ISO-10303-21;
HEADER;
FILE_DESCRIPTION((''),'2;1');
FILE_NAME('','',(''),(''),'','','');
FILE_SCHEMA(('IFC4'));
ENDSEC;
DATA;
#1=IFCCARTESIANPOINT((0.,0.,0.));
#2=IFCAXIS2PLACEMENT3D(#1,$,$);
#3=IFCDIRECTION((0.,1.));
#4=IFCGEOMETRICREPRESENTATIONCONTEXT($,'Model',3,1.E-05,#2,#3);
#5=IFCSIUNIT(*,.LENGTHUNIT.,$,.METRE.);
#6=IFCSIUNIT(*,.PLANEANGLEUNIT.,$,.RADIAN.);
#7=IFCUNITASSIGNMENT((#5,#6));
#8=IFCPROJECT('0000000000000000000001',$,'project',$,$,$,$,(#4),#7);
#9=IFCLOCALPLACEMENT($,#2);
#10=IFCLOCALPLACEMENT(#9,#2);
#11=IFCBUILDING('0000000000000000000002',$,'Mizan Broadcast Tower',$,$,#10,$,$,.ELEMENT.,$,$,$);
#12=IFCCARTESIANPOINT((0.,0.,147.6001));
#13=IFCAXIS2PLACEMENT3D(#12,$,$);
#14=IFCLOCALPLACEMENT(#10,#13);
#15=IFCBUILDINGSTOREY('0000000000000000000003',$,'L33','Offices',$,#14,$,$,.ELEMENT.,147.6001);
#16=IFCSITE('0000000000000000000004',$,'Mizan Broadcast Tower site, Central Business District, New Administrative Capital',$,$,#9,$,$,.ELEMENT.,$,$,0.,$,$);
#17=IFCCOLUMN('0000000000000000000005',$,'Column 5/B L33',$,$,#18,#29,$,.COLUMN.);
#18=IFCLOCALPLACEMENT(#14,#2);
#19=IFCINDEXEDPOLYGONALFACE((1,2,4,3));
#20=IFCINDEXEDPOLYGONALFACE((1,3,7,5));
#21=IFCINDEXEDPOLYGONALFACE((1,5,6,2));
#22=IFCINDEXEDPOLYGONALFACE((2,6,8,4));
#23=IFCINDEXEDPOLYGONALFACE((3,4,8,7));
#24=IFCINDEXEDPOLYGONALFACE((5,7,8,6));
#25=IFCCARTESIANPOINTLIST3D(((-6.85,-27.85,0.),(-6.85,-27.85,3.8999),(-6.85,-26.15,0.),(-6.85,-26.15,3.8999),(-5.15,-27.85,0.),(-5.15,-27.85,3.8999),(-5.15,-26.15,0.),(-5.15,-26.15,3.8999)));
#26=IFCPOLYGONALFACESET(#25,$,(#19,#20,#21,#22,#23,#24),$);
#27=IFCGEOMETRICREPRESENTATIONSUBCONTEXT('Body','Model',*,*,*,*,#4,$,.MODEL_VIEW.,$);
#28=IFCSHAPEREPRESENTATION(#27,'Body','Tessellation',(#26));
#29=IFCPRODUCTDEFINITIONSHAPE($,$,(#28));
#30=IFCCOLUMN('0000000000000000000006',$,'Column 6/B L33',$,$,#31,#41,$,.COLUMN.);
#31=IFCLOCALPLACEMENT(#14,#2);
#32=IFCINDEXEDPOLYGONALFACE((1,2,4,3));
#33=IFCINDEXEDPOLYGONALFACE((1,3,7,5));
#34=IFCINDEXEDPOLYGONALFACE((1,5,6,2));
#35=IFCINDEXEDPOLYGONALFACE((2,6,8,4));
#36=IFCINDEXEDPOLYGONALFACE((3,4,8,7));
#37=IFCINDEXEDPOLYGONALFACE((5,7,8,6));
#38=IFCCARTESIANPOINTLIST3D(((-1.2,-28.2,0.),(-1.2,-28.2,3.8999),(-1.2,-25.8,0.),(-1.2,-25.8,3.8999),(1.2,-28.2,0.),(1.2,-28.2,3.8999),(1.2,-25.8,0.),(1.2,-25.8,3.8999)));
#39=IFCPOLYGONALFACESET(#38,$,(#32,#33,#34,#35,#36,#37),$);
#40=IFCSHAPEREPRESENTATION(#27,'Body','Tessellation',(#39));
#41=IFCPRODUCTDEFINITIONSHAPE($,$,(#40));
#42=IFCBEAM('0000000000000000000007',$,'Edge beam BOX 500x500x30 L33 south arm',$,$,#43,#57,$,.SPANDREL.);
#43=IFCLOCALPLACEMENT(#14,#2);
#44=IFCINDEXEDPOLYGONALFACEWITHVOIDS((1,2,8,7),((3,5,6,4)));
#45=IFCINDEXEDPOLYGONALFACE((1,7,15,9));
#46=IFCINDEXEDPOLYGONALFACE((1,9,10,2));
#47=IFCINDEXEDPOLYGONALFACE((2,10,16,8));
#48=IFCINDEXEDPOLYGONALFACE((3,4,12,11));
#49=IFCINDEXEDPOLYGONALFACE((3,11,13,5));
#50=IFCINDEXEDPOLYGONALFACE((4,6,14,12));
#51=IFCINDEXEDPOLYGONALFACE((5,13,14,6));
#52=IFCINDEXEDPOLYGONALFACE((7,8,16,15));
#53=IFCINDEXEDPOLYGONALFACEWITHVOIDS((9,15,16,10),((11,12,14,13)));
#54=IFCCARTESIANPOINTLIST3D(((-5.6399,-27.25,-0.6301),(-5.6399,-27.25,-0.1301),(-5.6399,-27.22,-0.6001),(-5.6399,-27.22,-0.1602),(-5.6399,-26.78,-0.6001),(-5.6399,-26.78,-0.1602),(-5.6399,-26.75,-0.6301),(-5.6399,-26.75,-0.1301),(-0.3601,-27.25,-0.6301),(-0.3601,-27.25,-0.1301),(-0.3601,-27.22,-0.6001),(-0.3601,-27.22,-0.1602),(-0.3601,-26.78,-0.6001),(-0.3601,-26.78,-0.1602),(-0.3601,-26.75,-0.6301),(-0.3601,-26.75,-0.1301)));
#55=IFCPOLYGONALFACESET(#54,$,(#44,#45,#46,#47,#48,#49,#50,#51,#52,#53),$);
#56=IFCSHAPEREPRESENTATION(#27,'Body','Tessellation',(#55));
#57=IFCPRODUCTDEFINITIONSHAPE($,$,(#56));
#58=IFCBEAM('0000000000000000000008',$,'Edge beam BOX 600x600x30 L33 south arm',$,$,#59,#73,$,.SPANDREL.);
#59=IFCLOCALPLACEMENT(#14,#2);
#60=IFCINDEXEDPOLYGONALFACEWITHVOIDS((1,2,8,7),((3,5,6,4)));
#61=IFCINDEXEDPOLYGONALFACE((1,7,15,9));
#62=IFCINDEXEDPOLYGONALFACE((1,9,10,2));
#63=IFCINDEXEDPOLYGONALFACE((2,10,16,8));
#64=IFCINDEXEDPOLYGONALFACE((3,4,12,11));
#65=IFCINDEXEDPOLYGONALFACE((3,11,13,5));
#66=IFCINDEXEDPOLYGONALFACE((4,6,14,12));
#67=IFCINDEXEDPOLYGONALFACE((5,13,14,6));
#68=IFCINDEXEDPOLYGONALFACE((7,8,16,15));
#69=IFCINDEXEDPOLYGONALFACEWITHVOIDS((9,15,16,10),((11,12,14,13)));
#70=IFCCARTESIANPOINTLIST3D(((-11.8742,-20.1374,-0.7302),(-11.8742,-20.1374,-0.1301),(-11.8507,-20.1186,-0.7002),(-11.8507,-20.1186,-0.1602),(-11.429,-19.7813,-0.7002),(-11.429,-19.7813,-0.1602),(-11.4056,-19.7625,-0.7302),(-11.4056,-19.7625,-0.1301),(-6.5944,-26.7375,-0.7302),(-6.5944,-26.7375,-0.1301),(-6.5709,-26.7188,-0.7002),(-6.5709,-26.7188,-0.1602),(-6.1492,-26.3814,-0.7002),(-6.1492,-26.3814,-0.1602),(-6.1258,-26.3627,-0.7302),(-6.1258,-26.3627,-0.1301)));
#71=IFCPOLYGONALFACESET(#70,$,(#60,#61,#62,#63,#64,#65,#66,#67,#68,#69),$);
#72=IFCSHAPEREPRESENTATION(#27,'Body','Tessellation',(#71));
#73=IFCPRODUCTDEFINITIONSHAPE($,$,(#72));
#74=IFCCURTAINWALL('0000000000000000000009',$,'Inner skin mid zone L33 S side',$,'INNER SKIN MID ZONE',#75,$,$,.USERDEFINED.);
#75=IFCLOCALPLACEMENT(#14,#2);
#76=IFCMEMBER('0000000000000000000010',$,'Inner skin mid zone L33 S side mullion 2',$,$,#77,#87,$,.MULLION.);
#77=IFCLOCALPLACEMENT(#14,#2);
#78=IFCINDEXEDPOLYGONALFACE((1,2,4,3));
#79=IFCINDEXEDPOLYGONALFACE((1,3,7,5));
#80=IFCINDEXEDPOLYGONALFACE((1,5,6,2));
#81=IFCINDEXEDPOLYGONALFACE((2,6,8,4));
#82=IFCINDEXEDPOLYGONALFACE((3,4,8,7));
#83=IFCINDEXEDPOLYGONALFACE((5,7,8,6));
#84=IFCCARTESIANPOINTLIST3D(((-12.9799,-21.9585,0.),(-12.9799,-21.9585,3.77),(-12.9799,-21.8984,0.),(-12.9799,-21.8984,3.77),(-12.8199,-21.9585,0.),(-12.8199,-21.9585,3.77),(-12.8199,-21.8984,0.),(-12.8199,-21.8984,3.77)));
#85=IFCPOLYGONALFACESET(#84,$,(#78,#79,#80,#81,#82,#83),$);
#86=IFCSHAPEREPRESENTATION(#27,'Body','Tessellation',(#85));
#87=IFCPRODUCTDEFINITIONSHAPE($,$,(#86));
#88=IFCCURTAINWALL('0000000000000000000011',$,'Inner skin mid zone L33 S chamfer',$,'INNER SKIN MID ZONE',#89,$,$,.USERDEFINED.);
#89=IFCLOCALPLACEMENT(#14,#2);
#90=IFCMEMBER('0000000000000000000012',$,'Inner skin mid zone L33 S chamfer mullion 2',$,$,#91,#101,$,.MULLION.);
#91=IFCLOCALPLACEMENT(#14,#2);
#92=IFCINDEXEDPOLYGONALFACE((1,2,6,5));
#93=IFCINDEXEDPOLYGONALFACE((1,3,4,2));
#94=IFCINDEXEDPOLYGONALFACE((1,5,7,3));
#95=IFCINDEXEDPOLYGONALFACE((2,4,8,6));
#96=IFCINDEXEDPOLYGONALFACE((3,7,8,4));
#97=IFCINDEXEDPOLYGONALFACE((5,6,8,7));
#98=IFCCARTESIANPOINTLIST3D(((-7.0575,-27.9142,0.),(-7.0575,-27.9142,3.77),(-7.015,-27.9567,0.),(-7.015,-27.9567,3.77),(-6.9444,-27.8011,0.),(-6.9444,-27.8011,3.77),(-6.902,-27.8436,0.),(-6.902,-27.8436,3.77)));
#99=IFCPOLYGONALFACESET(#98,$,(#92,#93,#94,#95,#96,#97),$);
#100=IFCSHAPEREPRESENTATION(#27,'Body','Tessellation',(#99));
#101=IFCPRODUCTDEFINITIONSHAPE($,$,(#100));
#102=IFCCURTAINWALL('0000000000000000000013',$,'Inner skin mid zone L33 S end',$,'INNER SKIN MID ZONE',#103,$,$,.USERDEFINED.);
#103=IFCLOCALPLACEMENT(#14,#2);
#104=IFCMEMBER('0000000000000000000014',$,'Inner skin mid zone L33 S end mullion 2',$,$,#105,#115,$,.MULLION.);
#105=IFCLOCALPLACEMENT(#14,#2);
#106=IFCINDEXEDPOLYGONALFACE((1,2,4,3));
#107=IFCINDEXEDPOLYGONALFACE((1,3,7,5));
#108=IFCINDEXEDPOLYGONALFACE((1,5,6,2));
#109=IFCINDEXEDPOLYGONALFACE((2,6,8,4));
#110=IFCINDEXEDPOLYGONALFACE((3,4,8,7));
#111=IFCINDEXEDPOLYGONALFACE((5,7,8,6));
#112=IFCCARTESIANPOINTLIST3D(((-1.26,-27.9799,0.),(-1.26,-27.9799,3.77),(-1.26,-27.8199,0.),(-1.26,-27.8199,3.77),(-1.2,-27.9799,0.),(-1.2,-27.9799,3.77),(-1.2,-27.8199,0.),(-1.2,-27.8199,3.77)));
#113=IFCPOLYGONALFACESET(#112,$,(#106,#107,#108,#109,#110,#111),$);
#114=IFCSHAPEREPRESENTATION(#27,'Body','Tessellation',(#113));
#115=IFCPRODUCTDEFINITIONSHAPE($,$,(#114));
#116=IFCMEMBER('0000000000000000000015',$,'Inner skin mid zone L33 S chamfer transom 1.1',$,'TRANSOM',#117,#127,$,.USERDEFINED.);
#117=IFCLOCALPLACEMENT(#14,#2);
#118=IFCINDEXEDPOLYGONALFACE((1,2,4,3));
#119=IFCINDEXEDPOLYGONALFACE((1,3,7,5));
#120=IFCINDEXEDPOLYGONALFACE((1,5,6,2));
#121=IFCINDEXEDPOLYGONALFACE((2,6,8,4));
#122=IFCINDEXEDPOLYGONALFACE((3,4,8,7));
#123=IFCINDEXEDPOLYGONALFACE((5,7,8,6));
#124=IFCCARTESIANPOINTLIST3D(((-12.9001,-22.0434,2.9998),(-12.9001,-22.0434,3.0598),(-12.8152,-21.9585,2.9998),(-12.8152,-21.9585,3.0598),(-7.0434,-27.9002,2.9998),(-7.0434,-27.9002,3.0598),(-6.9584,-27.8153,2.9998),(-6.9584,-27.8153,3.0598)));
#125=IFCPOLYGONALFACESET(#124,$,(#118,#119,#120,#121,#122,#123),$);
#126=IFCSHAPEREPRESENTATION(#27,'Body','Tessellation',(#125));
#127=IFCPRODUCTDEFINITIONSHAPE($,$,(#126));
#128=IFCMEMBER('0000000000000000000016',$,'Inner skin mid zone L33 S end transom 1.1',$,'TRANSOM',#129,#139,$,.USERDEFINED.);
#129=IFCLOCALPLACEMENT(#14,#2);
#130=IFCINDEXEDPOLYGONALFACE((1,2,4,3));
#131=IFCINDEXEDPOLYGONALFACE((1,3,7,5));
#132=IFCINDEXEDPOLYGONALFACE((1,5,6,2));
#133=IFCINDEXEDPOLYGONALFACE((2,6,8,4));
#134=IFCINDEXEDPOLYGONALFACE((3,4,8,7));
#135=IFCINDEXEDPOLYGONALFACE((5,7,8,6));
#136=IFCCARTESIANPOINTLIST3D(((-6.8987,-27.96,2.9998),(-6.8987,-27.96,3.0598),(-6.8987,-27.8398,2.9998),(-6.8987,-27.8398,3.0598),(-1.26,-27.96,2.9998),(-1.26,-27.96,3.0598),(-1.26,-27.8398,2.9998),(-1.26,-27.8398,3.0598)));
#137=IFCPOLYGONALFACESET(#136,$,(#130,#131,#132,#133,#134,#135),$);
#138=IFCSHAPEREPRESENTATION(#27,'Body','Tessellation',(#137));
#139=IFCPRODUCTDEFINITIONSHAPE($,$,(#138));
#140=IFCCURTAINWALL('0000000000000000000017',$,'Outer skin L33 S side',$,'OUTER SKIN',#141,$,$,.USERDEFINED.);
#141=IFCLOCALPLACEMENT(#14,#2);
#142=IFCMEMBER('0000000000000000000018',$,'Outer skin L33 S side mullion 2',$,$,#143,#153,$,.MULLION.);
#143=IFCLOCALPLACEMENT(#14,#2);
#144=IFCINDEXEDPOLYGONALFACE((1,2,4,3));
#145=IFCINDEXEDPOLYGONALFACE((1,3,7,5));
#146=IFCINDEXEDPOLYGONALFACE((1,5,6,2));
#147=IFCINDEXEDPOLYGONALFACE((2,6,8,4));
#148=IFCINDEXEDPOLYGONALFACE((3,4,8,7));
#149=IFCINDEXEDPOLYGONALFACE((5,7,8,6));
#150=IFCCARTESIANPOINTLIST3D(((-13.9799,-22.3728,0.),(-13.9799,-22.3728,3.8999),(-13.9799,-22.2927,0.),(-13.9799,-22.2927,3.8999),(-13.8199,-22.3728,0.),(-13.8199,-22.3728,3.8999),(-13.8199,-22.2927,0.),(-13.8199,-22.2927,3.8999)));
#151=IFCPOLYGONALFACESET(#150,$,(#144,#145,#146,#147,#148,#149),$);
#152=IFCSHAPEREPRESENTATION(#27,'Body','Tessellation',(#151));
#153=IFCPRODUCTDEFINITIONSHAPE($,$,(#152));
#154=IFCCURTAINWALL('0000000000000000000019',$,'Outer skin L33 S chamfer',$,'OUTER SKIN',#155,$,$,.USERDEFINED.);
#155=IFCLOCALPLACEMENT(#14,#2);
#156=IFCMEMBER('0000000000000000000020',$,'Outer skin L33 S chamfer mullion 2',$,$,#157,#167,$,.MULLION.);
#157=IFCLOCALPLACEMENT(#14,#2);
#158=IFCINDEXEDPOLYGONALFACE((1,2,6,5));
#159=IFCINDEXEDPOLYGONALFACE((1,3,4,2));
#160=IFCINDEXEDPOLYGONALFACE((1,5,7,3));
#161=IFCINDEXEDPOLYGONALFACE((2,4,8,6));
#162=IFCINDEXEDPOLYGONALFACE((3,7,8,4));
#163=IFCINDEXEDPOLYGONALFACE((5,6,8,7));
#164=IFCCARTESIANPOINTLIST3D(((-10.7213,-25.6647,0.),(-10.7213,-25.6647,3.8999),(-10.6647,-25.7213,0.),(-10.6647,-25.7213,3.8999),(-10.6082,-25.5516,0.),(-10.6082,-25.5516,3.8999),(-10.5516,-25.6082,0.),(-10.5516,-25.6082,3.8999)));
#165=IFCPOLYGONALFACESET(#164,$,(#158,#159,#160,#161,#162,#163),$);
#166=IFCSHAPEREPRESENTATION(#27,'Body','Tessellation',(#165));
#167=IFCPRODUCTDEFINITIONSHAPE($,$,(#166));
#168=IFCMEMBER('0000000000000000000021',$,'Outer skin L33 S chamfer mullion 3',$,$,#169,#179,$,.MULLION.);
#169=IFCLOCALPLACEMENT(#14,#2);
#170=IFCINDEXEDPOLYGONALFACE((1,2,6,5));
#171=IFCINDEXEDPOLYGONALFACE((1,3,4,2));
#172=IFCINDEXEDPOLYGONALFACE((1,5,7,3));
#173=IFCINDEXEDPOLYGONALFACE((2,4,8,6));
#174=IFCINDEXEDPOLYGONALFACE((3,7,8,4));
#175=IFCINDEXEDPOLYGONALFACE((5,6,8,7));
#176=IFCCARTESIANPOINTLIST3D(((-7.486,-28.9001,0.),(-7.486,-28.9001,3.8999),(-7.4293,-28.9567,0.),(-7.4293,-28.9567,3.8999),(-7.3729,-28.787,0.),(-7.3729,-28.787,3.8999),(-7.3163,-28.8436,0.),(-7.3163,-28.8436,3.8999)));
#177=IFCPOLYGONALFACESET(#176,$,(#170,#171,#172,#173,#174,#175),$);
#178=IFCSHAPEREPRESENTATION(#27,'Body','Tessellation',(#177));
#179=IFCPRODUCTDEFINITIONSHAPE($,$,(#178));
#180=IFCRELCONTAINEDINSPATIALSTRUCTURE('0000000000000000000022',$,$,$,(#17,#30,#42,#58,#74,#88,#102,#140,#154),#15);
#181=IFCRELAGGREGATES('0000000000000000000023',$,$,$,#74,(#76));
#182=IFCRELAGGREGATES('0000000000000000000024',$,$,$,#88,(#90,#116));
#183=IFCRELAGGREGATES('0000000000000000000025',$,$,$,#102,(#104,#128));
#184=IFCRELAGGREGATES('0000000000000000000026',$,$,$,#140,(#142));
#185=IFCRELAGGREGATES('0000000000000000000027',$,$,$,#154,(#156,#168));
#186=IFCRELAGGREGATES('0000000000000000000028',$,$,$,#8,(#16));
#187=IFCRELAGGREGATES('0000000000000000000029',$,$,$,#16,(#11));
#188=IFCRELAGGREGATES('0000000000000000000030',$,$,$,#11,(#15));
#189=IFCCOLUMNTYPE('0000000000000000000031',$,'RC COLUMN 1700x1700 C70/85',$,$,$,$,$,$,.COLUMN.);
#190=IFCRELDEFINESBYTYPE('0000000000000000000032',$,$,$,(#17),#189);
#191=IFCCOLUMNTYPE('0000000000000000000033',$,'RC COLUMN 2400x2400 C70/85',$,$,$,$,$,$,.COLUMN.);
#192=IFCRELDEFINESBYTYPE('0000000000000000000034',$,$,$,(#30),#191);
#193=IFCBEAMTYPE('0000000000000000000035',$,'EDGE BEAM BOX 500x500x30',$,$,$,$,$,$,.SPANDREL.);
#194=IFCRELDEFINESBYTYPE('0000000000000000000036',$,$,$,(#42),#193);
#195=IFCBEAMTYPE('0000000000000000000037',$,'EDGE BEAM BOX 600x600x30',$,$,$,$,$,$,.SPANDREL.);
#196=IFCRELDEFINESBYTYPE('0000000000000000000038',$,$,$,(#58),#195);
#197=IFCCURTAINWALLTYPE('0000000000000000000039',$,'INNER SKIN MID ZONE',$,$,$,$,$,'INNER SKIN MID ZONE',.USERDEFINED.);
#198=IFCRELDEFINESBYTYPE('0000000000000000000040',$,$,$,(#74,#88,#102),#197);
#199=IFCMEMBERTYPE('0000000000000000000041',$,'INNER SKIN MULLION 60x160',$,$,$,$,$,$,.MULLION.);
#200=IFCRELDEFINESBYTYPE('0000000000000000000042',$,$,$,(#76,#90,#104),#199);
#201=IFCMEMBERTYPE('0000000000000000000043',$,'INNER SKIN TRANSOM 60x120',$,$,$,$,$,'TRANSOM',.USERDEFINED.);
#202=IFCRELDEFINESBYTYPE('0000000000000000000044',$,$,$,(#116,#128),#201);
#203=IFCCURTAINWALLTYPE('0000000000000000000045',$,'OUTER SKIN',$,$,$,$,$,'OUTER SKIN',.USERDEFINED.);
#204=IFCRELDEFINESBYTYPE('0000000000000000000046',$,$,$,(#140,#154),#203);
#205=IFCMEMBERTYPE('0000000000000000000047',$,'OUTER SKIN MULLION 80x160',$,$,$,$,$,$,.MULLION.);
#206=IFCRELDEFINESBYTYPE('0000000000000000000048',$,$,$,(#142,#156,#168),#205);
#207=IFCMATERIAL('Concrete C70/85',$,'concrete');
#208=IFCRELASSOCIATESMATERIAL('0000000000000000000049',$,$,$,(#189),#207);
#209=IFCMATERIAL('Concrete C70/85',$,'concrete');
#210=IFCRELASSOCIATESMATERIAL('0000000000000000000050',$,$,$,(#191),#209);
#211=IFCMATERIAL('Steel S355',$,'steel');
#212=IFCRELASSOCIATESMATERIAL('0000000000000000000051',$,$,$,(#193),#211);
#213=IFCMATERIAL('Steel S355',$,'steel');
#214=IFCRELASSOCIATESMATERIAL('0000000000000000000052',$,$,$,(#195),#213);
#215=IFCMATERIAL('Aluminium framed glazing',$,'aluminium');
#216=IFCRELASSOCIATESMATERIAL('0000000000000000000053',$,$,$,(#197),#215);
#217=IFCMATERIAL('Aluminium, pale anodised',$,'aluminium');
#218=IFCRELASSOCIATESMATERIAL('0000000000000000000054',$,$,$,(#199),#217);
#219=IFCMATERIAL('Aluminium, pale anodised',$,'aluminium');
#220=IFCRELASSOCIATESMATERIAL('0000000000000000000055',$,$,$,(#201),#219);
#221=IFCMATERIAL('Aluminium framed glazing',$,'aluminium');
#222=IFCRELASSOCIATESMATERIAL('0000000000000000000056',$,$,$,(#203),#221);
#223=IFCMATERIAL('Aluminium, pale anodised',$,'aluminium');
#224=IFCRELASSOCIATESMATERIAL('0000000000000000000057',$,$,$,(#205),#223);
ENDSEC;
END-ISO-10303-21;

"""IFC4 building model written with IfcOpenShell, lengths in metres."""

from ifc_helpers import new_model, si_unit, direction, frame, origin, origin_2d, place, context, subcontext, project, spatial, rectangle, hollow_rectangle, extrude, material, material_profile, profile_set, type_object, element, aggregate, save


model = new_model("IFC4")

# Units and contexts
model_context = context("Model", 3, precision=1e-05, world=origin(), true_north=direction((0.0, 1.0)))
body_context = subcontext(model_context, "Body", "Model", "MODEL_VIEW")
ifc_project = project(units=[si_unit("LENGTHUNIT", "METRE"), si_unit("PLANEANGLEUNIT", "RADIAN")], contexts=[model_context])

# Site, building, storey
site_placement = place(None, origin())
site = spatial("IfcSite", under=ifc_project, at=site_placement, Name="Mizan Broadcast Tower site, Central Business District, New Administrative Capital", CompositionType="ELEMENT", RefElevation=0.0)
building_placement = place(site_placement, origin())
building = spatial("IfcBuilding", under=site, at=building_placement, Name="Mizan Broadcast Tower", CompositionType="ELEMENT")
storey_placement = place(building_placement, frame((0.0, 0.0, 147.6001)))
storey = spatial("IfcBuildingStorey", under=building, at=storey_placement, Name="L33", Description="Offices", CompositionType="ELEMENT", Elevation=147.6001)

# Columns
ifc_material_1 = material(Name="Concrete C70/85", Category="concrete")
ifc_material_profile_1 = material_profile(ifc_material_1, rectangle(XDim=1.7, YDim=1.7, at=origin_2d()), Name="RC 1700x1700")
ifc_profile_set_1 = profile_set([ifc_material_profile_1], Name="Concrete C70/85")
column_type_1 = type_object("IfcColumnType", Name="RC COLUMN 1700x1700 C70/85", PredefinedType="COLUMN", material=ifc_profile_set_1)
column_1_placement = place(storey_placement, frame((-6.0, -27.0, 0.0), z_axis=(0.0, 0.0, 1.0), x_axis=(1.0, 0.0, 0.0)))
element("IfcColumn", 1, at=column_1_placement, inside=storey, type_object=column_type_1, Name="Column 5/B L33", PredefinedType="COLUMN", context=body_context, shape_type="SweptSolid", body=[
    extrude(rectangle(XDim=1.7, YDim=1.7, at=origin_2d()), origin(), (0.0, 0.0, 1.0), 3.8999),
])
ifc_material_2 = material(Name="Concrete C70/85", Category="concrete")
ifc_material_profile_2 = material_profile(ifc_material_2, rectangle(XDim=2.3999, YDim=2.3999, at=origin_2d()), Name="RC 2400x2400")
ifc_profile_set_2 = profile_set([ifc_material_profile_2], Name="Concrete C70/85")
column_type_2 = type_object("IfcColumnType", Name="RC COLUMN 2400x2400 C70/85", PredefinedType="COLUMN", material=ifc_profile_set_2)
column_2_placement = place(storey_placement, frame((0.0, -27.0, 0.0), z_axis=(0.0, 0.0, 1.0), x_axis=(1.0, 0.0, 0.0)))
element("IfcColumn", 2, at=column_2_placement, inside=storey, type_object=column_type_2, Name="Column 6/B L33", PredefinedType="COLUMN", context=body_context, shape_type="SweptSolid", body=[
    extrude(rectangle(XDim=2.3999, YDim=2.3999, at=origin_2d()), origin(), (0.0, 0.0, 1.0), 3.8999),
])

# Beams
ifc_material_3 = material(Name="Steel S355", Category="steel")
ifc_material_profile_3 = material_profile(ifc_material_3, hollow_rectangle(XDim=0.5, YDim=0.5, WallThickness=0.03, at=origin_2d()), Name="BOX 500x500x30")
ifc_profile_set_3 = profile_set([ifc_material_profile_3], Name="Steel S355")
beam_type_1 = type_object("IfcBeamType", Name="EDGE BEAM BOX 500x500x30", PredefinedType="SPANDREL", material=ifc_profile_set_3)
beam_1_placement = place(storey_placement, frame((-5.6399, -27.0, -0.3801), z_axis=(1.0, 0.0, 0.0), x_axis=(0.0, 1.0, 0.0)))
element("IfcBeam", 3, at=beam_1_placement, inside=storey, type_object=beam_type_1, Name="Edge beam BOX 500x500x30 L33 south arm", PredefinedType="SPANDREL", context=body_context, shape_type="SweptSolid", body=[
    extrude(hollow_rectangle(XDim=0.5, YDim=0.5, WallThickness=0.03, at=origin_2d()), origin(), (0.0, 0.0, 1.0), 5.2798),
])
ifc_material_4 = material(Name="Steel S355", Category="steel")
ifc_material_profile_4 = material_profile(ifc_material_4, hollow_rectangle(XDim=0.6001, YDim=0.6001, WallThickness=0.03, at=origin_2d()), Name="BOX 600x600x30")
ifc_profile_set_4 = profile_set([ifc_material_profile_4], Name="Steel S355")
beam_type_2 = type_object("IfcBeamType", Name="EDGE BEAM BOX 600x600x30", PredefinedType="SPANDREL", material=ifc_profile_set_4)
beam_2_placement = place(storey_placement, frame((-11.6399, -19.95, -0.4302), z_axis=(0.624674, -0.780886, 0.0), x_axis=(0.780886, 0.624674, 0.0)))
element("IfcBeam", 4, at=beam_2_placement, inside=storey, type_object=beam_type_2, Name="Edge beam BOX 600x600x30 L33 south arm", PredefinedType="SPANDREL", context=body_context, shape_type="SweptSolid", body=[
    extrude(hollow_rectangle(XDim=0.6001, YDim=0.6001, WallThickness=0.03, at=origin_2d()), origin(), (0.0, 0.0, 1.0), 8.4521),
])

# Curtain walls, members
ifc_material_5 = material(Name="Aluminium framed glazing", Category="aluminium")
curtain_wall_type_1 = type_object("IfcCurtainWallType", Name="INNER SKIN MID ZONE", ElementType="INNER SKIN MID ZONE", PredefinedType="USERDEFINED", material=ifc_material_5)
curtain_wall_1_placement = place(storey_placement, origin())
curtain_wall_1 = element("IfcCurtainWall", 5, at=curtain_wall_1_placement, inside=storey, type_object=curtain_wall_type_1, Name="Inner skin mid zone L33 S side", ObjectType="INNER SKIN MID ZONE", PredefinedType="USERDEFINED")
ifc_material_6 = material(Name="Aluminium, pale anodised", Category="aluminium")
ifc_material_profile_5 = material_profile(ifc_material_6, rectangle(XDim=0.1599, YDim=0.0601, at=origin_2d()), Name="MULLION 160x60")
ifc_profile_set_5 = profile_set([ifc_material_profile_5], Name="Aluminium, pale anodised")
member_type_1 = type_object("IfcMemberType", Name="INNER SKIN MULLION 60x160", PredefinedType="MULLION", material=ifc_profile_set_5)
member_1_placement = place(storey_placement, frame((-12.8999, -21.9285, 0.0), z_axis=(0.0, 0.0, 1.0), x_axis=(1.0, 0.0, 0.0)))
member_1 = element("IfcMember", 6, at=member_1_placement, type_object=member_type_1, Name="Inner skin mid zone L33 S side mullion 2", PredefinedType="MULLION", context=body_context, shape_type="SweptSolid", body=[
    extrude(rectangle(XDim=0.1599, YDim=0.0601, at=origin_2d()), origin(), (0.0, 0.0, 1.0), 3.77),
])
curtain_wall_2_placement = place(storey_placement, origin())
curtain_wall_2 = element("IfcCurtainWall", 7, at=curtain_wall_2_placement, inside=storey, type_object=curtain_wall_type_1, Name="Inner skin mid zone L33 S chamfer", ObjectType="INNER SKIN MID ZONE", PredefinedType="USERDEFINED")
member_2_placement = place(storey_placement, frame((-6.9797, -27.8789, 0.0), z_axis=(0.0, 0.0, 1.0), x_axis=(0.707107, 0.707107, 0.0)))
member_2 = element("IfcMember", 8, at=member_2_placement, type_object=member_type_1, Name="Inner skin mid zone L33 S chamfer mullion 2", PredefinedType="MULLION", context=body_context, shape_type="SweptSolid", body=[
    extrude(rectangle(XDim=0.1599, YDim=0.0601, at=origin_2d()), origin(), (0.0, 0.0, 1.0), 3.77),
])
curtain_wall_3_placement = place(storey_placement, origin())
curtain_wall_3 = element("IfcCurtainWall", 9, at=curtain_wall_3_placement, inside=storey, type_object=curtain_wall_type_1, Name="Inner skin mid zone L33 S end", ObjectType="INNER SKIN MID ZONE", PredefinedType="USERDEFINED")
member_3_placement = place(storey_placement, frame((-1.23, -27.8999, 0.0), z_axis=(0.0, 0.0, 1.0), x_axis=(0.0, 1.0, 0.0)))
member_3 = element("IfcMember", 10, at=member_3_placement, type_object=member_type_1, Name="Inner skin mid zone L33 S end mullion 2", PredefinedType="MULLION", context=body_context, shape_type="SweptSolid", body=[
    extrude(rectangle(XDim=0.1599, YDim=0.0601, at=origin_2d()), origin(), (0.0, 0.0, 1.0), 3.77),
])

# Members
ifc_material_7 = material(Name="Aluminium, pale anodised", Category="aluminium")
ifc_material_profile_6 = material_profile(ifc_material_7, rectangle(XDim=0.1201, YDim=0.0601, at=origin_2d()), Name="TRANSOM 120x60")
ifc_profile_set_6 = profile_set([ifc_material_profile_6], Name="Aluminium, pale anodised")
member_type_2 = type_object("IfcMemberType", Name="INNER SKIN TRANSOM 60x120", ElementType="TRANSOM", PredefinedType="USERDEFINED", material=ifc_profile_set_6)
member_4_placement = place(storey_placement, frame((-12.8577, -22.001, 3.0298), z_axis=(0.707107, -0.707107, 0.0), x_axis=(0.707107, 0.707107, 0.0)))
member_4 = element("IfcMember", 11, at=member_4_placement, type_object=member_type_2, Name="Inner skin mid zone L33 S chamfer transom 1.1", ObjectType="TRANSOM", PredefinedType="USERDEFINED", context=body_context, shape_type="SweptSolid", body=[
    extrude(rectangle(XDim=0.1201, YDim=0.0601, at=origin_2d()), origin(), (0.0, 0.0, 1.0), 8.2827),
])
member_5_placement = place(storey_placement, frame((-6.8987, -27.8999, 3.0298), z_axis=(1.0, 0.0, 0.0), x_axis=(0.0, 1.0, 0.0)))
member_5 = element("IfcMember", 12, at=member_5_placement, type_object=member_type_2, Name="Inner skin mid zone L33 S end transom 1.1", ObjectType="TRANSOM", PredefinedType="USERDEFINED", context=body_context, shape_type="SweptSolid", body=[
    extrude(rectangle(XDim=0.1201, YDim=0.0601, at=origin_2d()), origin(), (0.0, 0.0, 1.0), 5.6387),
])

# Curtain wall, member
ifc_material_8 = material(Name="Aluminium framed glazing", Category="aluminium")
curtain_wall_type_2 = type_object("IfcCurtainWallType", Name="OUTER SKIN", ElementType="OUTER SKIN", PredefinedType="USERDEFINED", material=ifc_material_8)
curtain_wall_4_placement = place(storey_placement, origin())
curtain_wall_4 = element("IfcCurtainWall", 13, at=curtain_wall_4_placement, inside=storey, type_object=curtain_wall_type_2, Name="Outer skin L33 S side", ObjectType="OUTER SKIN", PredefinedType="USERDEFINED")
ifc_material_9 = material(Name="Aluminium, pale anodised", Category="aluminium")
ifc_material_profile_7 = material_profile(ifc_material_9, rectangle(XDim=0.1599, YDim=0.0801, at=origin_2d()), Name="MULLION 160x80")
ifc_profile_set_7 = profile_set([ifc_material_profile_7], Name="Aluminium, pale anodised")
member_type_3 = type_object("IfcMemberType", Name="OUTER SKIN MULLION 80x160", PredefinedType="MULLION", material=ifc_profile_set_7)
member_6_placement = place(storey_placement, frame((-13.8999, -22.3328, 0.0), z_axis=(0.0, 0.0, 1.0), x_axis=(1.0, 0.0, 0.0)))
member_6 = element("IfcMember", 14, at=member_6_placement, type_object=member_type_3, Name="Outer skin L33 S side mullion 2", PredefinedType="MULLION", context=body_context, shape_type="SweptSolid", body=[
    extrude(rectangle(XDim=0.1599, YDim=0.0801, at=origin_2d()), origin(), (0.0, 0.0, 1.0), 3.8999),
])

# Curtain wall, members
curtain_wall_5_placement = place(storey_placement, origin())
curtain_wall_5 = element("IfcCurtainWall", 15, at=curtain_wall_5_placement, inside=storey, type_object=curtain_wall_type_2, Name="Outer skin L33 S chamfer", ObjectType="OUTER SKIN", PredefinedType="USERDEFINED")
member_7_placement = place(storey_placement, frame((-10.6365, -25.6365, 0.0), z_axis=(0.0, 0.0, 1.0), x_axis=(0.707107, 0.707107, 0.0)))
member_7 = element("IfcMember", 16, at=member_7_placement, type_object=member_type_3, Name="Outer skin L33 S chamfer mullion 2", PredefinedType="MULLION", context=body_context, shape_type="SweptSolid", body=[
    extrude(rectangle(XDim=0.1599, YDim=0.0801, at=origin_2d()), origin(), (0.0, 0.0, 1.0), 3.8999),
])
member_8_placement = place(storey_placement, frame((-7.4011, -28.8718, 0.0), z_axis=(0.0, 0.0, 1.0), x_axis=(0.707107, 0.707107, 0.0)))
member_8 = element("IfcMember", 17, at=member_8_placement, type_object=member_type_3, Name="Outer skin L33 S chamfer mullion 3", PredefinedType="MULLION", context=body_context, shape_type="SweptSolid", body=[
    extrude(rectangle(XDim=0.1599, YDim=0.0801, at=origin_2d()), origin(), (0.0, 0.0, 1.0), 3.8999),
])

aggregate(curtain_wall_1, [member_1])
aggregate(curtain_wall_2, [member_2, member_4])
aggregate(curtain_wall_3, [member_3, member_5])
aggregate(curtain_wall_4, [member_6])
aggregate(curtain_wall_5, [member_7, member_8])

save(model, "model.ifc")
